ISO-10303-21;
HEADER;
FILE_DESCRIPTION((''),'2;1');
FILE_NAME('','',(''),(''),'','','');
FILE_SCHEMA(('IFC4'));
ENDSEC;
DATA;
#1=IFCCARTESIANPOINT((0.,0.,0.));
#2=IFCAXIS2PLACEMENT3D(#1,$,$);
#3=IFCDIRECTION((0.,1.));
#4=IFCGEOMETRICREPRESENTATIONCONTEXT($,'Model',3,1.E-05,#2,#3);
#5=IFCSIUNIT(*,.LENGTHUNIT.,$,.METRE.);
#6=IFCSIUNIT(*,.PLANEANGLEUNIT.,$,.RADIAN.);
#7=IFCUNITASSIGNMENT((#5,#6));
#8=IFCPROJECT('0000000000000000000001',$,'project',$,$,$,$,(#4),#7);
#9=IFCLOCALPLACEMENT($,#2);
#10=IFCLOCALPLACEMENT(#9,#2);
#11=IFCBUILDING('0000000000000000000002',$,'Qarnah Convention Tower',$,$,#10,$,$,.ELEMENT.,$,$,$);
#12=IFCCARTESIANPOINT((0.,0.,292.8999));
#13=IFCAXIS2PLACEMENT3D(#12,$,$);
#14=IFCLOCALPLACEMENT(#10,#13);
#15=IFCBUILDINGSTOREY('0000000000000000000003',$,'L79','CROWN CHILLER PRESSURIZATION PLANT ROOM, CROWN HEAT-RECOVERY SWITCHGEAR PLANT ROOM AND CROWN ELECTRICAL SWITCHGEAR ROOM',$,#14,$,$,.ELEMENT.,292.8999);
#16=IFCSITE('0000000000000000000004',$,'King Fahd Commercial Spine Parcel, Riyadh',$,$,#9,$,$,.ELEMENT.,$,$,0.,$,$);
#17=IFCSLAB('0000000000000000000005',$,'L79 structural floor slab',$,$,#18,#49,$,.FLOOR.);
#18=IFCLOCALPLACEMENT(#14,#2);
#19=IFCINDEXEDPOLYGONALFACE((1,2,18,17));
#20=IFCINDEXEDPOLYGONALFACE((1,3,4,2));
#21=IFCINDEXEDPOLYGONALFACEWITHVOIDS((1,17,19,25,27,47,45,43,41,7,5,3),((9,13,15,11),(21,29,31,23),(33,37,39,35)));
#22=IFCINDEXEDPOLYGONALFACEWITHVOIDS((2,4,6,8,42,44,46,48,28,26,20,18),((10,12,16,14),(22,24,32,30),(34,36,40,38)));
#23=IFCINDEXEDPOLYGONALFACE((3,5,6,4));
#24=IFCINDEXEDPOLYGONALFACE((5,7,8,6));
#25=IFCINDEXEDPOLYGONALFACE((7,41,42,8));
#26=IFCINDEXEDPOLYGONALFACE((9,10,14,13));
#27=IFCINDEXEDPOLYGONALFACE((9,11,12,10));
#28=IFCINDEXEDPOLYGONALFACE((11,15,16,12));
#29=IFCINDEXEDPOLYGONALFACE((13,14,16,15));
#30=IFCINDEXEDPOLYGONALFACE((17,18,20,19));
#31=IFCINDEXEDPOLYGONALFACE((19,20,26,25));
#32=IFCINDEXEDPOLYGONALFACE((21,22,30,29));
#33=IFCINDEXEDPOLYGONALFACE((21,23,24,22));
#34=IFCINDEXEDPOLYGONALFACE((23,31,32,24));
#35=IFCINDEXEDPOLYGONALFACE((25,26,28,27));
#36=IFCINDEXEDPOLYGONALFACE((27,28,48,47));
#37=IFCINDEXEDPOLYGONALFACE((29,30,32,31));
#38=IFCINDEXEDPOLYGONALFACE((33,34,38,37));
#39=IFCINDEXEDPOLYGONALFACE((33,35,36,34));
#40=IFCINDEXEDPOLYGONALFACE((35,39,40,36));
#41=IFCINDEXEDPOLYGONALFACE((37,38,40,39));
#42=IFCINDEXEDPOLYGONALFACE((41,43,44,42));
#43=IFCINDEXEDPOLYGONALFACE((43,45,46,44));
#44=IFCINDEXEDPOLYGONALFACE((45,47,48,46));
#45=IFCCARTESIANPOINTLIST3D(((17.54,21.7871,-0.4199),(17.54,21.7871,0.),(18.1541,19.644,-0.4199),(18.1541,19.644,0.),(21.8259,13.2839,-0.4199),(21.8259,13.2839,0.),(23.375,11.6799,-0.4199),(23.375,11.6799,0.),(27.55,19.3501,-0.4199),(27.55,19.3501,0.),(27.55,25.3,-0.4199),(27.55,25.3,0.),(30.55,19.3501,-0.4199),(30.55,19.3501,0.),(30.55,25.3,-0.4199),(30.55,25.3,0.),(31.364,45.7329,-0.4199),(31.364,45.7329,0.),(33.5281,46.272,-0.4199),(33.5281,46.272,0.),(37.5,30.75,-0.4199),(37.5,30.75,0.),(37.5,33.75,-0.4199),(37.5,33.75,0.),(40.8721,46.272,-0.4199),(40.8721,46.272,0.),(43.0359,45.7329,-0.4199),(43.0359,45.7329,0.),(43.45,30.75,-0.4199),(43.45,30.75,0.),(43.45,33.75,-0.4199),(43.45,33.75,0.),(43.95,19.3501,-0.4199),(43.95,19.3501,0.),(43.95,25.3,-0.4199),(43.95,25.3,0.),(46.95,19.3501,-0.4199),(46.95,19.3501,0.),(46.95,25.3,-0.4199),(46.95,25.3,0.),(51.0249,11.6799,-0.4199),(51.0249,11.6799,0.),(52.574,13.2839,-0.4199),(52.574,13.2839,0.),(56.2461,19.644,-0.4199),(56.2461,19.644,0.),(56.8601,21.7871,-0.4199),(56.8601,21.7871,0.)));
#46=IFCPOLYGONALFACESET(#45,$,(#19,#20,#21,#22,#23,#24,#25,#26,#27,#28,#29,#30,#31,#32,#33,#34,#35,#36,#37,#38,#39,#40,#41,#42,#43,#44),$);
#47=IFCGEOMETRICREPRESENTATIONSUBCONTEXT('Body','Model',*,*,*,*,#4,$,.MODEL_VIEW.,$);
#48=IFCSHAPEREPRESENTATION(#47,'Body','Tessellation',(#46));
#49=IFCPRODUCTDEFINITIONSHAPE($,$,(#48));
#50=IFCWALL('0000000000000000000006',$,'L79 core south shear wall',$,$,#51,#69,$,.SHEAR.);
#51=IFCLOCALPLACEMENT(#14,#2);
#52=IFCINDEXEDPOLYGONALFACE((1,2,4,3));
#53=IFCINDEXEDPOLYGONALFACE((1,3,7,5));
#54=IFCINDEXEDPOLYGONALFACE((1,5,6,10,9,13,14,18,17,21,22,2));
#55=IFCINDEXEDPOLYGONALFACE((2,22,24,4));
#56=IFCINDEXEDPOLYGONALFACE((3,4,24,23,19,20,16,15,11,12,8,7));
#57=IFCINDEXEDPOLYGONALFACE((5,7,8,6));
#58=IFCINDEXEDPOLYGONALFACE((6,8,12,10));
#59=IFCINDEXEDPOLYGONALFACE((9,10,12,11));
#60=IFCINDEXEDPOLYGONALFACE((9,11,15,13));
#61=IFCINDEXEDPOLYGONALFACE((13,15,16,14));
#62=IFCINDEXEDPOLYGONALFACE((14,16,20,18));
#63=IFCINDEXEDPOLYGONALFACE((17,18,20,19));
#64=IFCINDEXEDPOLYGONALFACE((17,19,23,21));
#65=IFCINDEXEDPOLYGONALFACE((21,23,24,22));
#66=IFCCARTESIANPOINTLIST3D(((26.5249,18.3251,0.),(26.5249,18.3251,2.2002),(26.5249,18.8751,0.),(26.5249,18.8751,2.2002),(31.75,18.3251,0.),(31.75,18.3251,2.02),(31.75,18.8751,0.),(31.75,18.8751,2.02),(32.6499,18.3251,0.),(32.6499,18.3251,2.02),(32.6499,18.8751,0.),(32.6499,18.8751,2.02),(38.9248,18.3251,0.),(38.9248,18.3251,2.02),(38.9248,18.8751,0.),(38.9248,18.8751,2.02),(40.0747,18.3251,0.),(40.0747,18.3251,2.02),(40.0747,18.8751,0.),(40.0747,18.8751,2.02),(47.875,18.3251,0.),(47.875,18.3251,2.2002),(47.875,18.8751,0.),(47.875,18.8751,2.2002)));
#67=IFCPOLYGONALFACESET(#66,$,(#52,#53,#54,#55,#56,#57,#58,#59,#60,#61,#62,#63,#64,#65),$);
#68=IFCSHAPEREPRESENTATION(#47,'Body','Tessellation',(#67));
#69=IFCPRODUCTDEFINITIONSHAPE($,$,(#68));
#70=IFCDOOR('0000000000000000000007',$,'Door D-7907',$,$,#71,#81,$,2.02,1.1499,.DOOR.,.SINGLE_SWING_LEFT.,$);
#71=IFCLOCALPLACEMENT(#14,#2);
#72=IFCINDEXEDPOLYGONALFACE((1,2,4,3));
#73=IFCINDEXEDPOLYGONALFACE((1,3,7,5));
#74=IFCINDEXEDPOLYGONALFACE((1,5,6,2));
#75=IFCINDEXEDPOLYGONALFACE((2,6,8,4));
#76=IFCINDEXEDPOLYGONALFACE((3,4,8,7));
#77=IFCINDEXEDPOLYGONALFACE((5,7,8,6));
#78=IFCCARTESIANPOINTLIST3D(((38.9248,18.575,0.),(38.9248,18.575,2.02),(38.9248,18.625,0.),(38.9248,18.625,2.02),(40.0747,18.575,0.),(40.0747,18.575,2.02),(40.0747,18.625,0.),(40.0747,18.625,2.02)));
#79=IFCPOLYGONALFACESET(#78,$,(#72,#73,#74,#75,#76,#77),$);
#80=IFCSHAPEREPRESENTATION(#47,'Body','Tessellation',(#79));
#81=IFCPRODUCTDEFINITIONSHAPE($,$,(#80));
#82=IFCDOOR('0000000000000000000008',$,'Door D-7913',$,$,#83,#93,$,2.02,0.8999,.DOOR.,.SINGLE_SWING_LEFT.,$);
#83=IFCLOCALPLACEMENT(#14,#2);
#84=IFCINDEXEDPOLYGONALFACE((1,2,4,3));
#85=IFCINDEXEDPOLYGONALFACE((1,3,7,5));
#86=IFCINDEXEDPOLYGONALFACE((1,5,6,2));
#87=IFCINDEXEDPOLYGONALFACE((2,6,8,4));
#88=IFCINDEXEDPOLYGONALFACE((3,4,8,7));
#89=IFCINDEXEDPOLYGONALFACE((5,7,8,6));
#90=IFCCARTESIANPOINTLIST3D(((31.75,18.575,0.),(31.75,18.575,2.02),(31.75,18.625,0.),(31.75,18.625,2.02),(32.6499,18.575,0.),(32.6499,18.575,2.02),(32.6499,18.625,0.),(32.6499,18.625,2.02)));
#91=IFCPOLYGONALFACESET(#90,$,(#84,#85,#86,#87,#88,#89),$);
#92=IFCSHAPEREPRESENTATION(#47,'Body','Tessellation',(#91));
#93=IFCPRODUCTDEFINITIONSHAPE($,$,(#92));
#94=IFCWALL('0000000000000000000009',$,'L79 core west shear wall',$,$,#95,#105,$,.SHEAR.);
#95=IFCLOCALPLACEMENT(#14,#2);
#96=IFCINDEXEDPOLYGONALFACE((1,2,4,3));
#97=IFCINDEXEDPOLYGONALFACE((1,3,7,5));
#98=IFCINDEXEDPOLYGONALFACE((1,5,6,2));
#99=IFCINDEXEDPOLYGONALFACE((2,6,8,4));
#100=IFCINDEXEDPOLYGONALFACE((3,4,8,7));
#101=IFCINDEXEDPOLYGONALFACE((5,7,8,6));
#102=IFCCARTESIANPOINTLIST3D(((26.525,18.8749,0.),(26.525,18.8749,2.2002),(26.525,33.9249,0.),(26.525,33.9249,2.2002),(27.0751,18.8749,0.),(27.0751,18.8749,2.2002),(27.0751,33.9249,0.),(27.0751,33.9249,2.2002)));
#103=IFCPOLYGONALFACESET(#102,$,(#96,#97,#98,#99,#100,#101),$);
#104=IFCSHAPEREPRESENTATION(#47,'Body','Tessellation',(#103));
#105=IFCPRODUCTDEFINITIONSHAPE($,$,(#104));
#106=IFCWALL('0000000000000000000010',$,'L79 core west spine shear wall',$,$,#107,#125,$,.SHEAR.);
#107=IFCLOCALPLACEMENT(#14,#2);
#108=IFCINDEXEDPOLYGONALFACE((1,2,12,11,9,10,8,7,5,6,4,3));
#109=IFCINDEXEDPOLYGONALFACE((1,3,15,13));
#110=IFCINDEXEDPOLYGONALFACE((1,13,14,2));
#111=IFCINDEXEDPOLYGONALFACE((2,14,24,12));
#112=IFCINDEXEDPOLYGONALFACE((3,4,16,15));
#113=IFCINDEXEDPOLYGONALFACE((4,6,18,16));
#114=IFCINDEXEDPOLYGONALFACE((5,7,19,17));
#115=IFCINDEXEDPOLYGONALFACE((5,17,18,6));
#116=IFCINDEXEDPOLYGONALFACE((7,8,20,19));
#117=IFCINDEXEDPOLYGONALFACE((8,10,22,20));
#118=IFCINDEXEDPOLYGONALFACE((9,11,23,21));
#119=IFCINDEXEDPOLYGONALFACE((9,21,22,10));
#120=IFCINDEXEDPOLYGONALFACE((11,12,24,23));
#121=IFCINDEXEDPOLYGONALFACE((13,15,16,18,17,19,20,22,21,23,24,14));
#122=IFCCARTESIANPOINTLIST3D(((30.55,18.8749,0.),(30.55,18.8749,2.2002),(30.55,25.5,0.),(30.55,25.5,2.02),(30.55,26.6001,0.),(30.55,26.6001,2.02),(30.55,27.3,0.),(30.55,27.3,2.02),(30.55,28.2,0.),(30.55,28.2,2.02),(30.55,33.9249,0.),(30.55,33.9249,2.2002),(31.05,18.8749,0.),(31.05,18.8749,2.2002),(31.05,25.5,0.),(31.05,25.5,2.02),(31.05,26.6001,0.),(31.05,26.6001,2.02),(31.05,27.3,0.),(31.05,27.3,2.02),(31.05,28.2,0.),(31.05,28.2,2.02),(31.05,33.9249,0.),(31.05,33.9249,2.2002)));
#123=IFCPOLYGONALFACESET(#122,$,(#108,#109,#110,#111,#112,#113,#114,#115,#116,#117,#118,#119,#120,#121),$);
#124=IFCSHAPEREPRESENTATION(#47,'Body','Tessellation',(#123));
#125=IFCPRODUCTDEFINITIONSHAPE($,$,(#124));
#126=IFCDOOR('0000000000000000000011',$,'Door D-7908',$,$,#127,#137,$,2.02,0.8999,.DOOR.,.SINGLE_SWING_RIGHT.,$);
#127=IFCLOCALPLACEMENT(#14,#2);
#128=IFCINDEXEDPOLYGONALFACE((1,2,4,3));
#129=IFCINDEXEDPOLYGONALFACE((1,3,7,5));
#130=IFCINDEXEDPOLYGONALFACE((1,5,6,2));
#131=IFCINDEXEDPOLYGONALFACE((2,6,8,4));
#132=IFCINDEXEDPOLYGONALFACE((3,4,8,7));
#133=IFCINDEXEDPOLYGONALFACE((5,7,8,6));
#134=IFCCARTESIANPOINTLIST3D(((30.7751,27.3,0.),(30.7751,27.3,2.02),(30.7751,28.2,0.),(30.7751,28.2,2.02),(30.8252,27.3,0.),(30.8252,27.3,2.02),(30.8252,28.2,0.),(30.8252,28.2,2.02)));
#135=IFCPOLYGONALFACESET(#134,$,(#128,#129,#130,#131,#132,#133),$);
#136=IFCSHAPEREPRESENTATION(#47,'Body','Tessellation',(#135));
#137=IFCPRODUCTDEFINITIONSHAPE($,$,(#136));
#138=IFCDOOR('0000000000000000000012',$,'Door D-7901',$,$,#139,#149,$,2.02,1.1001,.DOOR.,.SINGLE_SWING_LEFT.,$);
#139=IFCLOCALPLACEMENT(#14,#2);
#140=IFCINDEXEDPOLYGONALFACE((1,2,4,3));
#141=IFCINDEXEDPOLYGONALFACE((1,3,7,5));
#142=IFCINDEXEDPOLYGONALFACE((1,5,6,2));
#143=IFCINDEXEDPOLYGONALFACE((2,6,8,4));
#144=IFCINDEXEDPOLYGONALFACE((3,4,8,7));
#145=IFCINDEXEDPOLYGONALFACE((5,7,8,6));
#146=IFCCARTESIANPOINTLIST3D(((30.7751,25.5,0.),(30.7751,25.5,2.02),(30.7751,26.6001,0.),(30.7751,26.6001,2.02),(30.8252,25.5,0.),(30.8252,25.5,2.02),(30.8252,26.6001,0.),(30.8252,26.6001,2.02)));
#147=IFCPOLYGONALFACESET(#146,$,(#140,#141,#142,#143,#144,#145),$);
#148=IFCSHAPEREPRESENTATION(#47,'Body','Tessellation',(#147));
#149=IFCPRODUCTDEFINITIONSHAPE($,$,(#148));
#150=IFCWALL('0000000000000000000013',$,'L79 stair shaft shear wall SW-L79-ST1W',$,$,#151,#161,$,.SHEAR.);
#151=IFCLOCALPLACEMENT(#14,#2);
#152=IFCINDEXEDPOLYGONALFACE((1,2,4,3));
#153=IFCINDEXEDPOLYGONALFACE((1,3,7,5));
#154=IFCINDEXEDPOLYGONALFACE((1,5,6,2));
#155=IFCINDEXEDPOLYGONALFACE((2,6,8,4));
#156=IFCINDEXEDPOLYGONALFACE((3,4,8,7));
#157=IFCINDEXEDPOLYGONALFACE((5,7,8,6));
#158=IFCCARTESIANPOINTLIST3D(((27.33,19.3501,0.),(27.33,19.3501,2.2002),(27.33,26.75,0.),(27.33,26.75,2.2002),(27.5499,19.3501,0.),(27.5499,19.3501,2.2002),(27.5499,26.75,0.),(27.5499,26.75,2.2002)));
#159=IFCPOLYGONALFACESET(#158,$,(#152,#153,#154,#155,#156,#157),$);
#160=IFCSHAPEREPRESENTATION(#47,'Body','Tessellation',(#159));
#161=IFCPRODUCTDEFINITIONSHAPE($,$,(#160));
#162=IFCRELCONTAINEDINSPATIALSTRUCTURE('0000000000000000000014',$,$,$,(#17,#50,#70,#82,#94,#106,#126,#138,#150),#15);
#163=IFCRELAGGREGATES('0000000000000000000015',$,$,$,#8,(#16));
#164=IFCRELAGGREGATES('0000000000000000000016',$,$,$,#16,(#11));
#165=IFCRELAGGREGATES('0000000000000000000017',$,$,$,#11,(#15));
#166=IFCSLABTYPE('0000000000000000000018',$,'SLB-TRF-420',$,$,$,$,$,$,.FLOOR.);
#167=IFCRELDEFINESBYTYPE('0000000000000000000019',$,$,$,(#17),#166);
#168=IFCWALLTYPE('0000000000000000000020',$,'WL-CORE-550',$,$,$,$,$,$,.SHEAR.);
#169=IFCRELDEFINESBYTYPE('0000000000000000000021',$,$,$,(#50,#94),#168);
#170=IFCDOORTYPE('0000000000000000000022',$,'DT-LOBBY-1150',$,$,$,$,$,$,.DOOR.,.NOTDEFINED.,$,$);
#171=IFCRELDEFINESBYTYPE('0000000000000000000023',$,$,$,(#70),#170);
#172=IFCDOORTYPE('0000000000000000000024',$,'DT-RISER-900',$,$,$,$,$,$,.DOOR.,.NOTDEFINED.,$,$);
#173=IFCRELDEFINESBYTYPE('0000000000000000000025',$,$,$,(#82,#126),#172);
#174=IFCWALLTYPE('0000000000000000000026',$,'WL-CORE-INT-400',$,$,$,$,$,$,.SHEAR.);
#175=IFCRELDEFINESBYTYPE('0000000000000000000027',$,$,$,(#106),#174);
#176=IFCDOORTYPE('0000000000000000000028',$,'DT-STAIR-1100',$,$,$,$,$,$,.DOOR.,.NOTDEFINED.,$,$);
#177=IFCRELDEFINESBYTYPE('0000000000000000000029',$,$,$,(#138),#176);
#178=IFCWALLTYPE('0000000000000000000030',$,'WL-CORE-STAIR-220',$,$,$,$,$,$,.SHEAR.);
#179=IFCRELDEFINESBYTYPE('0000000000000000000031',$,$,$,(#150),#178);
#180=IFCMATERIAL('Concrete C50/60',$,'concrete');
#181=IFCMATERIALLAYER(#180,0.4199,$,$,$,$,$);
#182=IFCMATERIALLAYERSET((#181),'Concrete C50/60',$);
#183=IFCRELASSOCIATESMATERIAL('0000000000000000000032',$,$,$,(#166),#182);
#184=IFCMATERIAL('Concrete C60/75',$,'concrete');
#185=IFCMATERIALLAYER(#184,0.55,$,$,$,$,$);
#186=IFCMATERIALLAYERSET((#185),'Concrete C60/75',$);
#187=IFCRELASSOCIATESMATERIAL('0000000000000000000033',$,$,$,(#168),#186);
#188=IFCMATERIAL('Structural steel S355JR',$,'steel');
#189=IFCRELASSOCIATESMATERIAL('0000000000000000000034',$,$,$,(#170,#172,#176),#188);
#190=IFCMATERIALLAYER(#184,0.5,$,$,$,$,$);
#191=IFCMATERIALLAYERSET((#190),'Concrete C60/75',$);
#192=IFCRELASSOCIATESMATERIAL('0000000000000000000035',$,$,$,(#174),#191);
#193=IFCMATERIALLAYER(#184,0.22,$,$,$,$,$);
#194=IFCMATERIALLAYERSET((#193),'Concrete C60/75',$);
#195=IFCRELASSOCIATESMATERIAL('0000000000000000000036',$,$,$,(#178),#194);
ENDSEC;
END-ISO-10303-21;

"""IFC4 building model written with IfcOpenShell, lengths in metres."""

from ifc_helpers import new_model, si_unit, direction, frame, frame_2d, origin, place, context, subcontext, project, spatial, polyline, rectangle, outline, extrude, material, layer, layer_set, type_object, element, fill, save


model = new_model("IFC4")

# Units and contexts
model_context = context("Model", 3, precision=1e-05, world=origin(), true_north=direction((0.0, 1.0)))
body_context = subcontext(model_context, "Body", "Model", "MODEL_VIEW")
ifc_project = project(units=[si_unit("LENGTHUNIT", "METRE"), si_unit("PLANEANGLEUNIT", "RADIAN")], contexts=[model_context])

# Site, building, storey
site_placement = place(None, origin())
site = spatial("IfcSite", under=ifc_project, at=site_placement, Name="King Fahd Commercial Spine Parcel, Riyadh", CompositionType="ELEMENT", RefElevation=0.0)
building_placement = place(site_placement, origin())
building = spatial("IfcBuilding", under=site, at=building_placement, Name="Qarnah Convention Tower", CompositionType="ELEMENT")
storey_placement = place(building_placement, frame((0.0, 0.0, 292.8999)))
storey = spatial("IfcBuildingStorey", under=building, at=storey_placement, Name="L79", Description="CROWN CHILLER PRESSURIZATION PLANT ROOM, CROWN HEAT-RECOVERY SWITCHGEAR PLANT ROOM AND CROWN ELECTRICAL SWITCHGEAR ROOM", CompositionType="ELEMENT", Elevation=292.8999)

# Shared definitions
ifc_material_1 = material(Name="Structural steel S355JR", Category="steel")

# Slab
ifc_material_2 = material(Name="Concrete C50/60", Category="concrete")
ifc_layer_1 = layer(ifc_material_2, 0.4199)
ifc_layer_set_1 = layer_set([ifc_layer_1], Name="Concrete C50/60")
slab_type = type_object("IfcSlabType", Name="SLB-TRF-420", PredefinedType="FLOOR", material=ifc_layer_set_1)
slab_placement = place(storey_placement, frame((0.0, 0.0, -0.4199)))
element("IfcSlab", 1, at=slab_placement, inside=storey, type_object=slab_type, Name="L79 structural floor slab", PredefinedType="FLOOR", context=body_context, shape_type="SweptSolid", body=[
    extrude(outline(polyline([(31.364, 45.7329), (17.54, 21.7871), (18.1541, 19.644), (21.8259, 13.2839), (23.375, 11.6799), (51.0249, 11.6799), (52.574, 13.2839), (56.2461, 19.644), (56.8601, 21.7871), (43.0359, 45.7329), (40.8721, 46.272), (33.5281, 46.272), (31.364, 45.7329)]), holes=[polyline([(27.55, 25.3), (27.55, 19.3501), (30.55, 19.3501), (30.55, 25.3), (27.55, 25.3)]), polyline([(43.95, 25.3), (43.95, 19.3501), (46.95, 19.3501), (46.95, 25.3), (43.95, 25.3)]), polyline([(37.5, 30.75), (43.45, 30.75), (43.45, 33.75), (37.5, 33.75), (37.5, 30.75)])]), origin(), (0.0, 0.0, 1.0), 0.4199),
])

# Wall, openings, doors
ifc_material_3 = material(Name="Concrete C60/75", Category="concrete")
ifc_layer_2 = layer(ifc_material_3, 0.55)
ifc_layer_set_2 = layer_set([ifc_layer_2], Name="Concrete C60/75")
wall_type_1 = type_object("IfcWallType", Name="WL-CORE-550", PredefinedType="SHEAR", material=ifc_layer_set_2)
wall_1_placement = place(storey_placement, frame((26.5249, 18.6001, 0.0), z_axis=(0.0, 0.0, 1.0), x_axis=(1.0, 0.0, 0.0)))
wall_1 = element("IfcWall", 2, at=wall_1_placement, inside=storey, type_object=wall_type_1, Name="L79 core south shear wall", PredefinedType="SHEAR", context=body_context, shape_type="SweptSolid", body=[
    extrude(rectangle(XDim=21.3501, YDim=0.55, at=frame_2d((10.675, 0.0))), origin(), (0.0, 0.0, 1.0), 2.2002),
])
opening_1_placement = place(wall_1_placement, frame((12.3999, 0.0, 0.0)))
opening_1 = element("IfcOpeningElement", 3, at=opening_1_placement, cuts=wall_1, PredefinedType="OPENING", context=body_context, shape_type="SweptSolid", body=[
    extrude(rectangle(XDim=1.1499, YDim=2.02, at=frame_2d((0.575, 1.01))), frame((0.0, 0.2849, 0.0), z_axis=(0.0, -1.0, 0.0), x_axis=(1.0, 0.0, 0.0)), (0.0, 0.0, 1.0), 0.5701),
])
opening_2_placement = place(wall_1_placement, frame((5.2251, 0.0, 0.0)))
opening_2 = element("IfcOpeningElement", 4, at=opening_2_placement, cuts=wall_1, PredefinedType="OPENING", context=body_context, shape_type="SweptSolid", body=[
    extrude(rectangle(XDim=0.8999, YDim=2.02, at=frame_2d((0.45, 1.01))), frame((0.0, 0.2849, 0.0), z_axis=(0.0, -1.0, 0.0), x_axis=(1.0, 0.0, 0.0)), (0.0, 0.0, 1.0), 0.5701),
])
door_type_1 = type_object("IfcDoorType", Name="DT-LOBBY-1150", OperationType="NOTDEFINED", PredefinedType="DOOR", material=ifc_material_1)
door_1_placement = place(opening_1_placement, origin())
door_1 = element("IfcDoor", 5, at=door_1_placement, inside=storey, type_object=door_type_1, Name="Door D-7907", OperationType="SINGLE_SWING_LEFT", OverallHeight=2.02, OverallWidth=1.1499, PredefinedType="DOOR", context=body_context, shape_type="SweptSolid", body=[
    extrude(rectangle(XDim=1.1499, YDim=2.02, at=frame_2d((0.575, 1.01))), frame((0.0, 0.0249, 0.0), z_axis=(0.0, -1.0, 0.0), x_axis=(1.0, 0.0, 0.0)), (0.0, 0.0, 1.0), 0.05),
])
fill(opening_1, door_1)
door_type_2 = type_object("IfcDoorType", Name="DT-RISER-900", OperationType="NOTDEFINED", PredefinedType="DOOR", material=ifc_material_1)
door_2_placement = place(opening_2_placement, origin())
door_2 = element("IfcDoor", 6, at=door_2_placement, inside=storey, type_object=door_type_2, Name="Door D-7913", OperationType="SINGLE_SWING_LEFT", OverallHeight=2.02, OverallWidth=0.8999, PredefinedType="DOOR", context=body_context, shape_type="SweptSolid", body=[
    extrude(rectangle(XDim=0.8999, YDim=2.02, at=frame_2d((0.45, 1.01))), frame((0.0, 0.0249, 0.0), z_axis=(0.0, -1.0, 0.0), x_axis=(1.0, 0.0, 0.0)), (0.0, 0.0, 1.0), 0.05),
])
fill(opening_2, door_2)

# Wall
wall_2_placement = place(storey_placement, frame((26.8, 18.875, 0.0), z_axis=(0.0, 0.0, 1.0), x_axis=(0.0, 1.0, 0.0)))
element("IfcWall", 7, at=wall_2_placement, inside=storey, type_object=wall_type_1, Name="L79 core west shear wall", PredefinedType="SHEAR", context=body_context, shape_type="SweptSolid", body=[
    extrude(rectangle(XDim=15.05, YDim=0.55, at=frame_2d((7.5249, 0.0))), origin(), (0.0, 0.0, 1.0), 2.2002),
])

# Wall, openings, doors
ifc_layer_3 = layer(ifc_material_3, 0.5)
ifc_layer_set_3 = layer_set([ifc_layer_3], Name="Concrete C60/75")
wall_type_2 = type_object("IfcWallType", Name="WL-CORE-INT-400", PredefinedType="SHEAR", material=ifc_layer_set_3)
wall_3_placement = place(storey_placement, frame((30.8, 18.875, 0.0), z_axis=(0.0, 0.0, 1.0), x_axis=(0.0, 1.0, 0.0)))
wall_3 = element("IfcWall", 8, at=wall_3_placement, inside=storey, type_object=wall_type_2, Name="L79 core west spine shear wall", PredefinedType="SHEAR", context=body_context, shape_type="SweptSolid", body=[
    extrude(rectangle(XDim=15.05, YDim=0.5, at=frame_2d((7.5249, 0.0))), origin(), (0.0, 0.0, 1.0), 2.2002),
])
opening_3_placement = place(wall_3_placement, frame((6.625, 0.0, 0.0)))
opening_3 = element("IfcOpeningElement", 9, at=opening_3_placement, cuts=wall_3, PredefinedType="OPENING", context=body_context, shape_type="SweptSolid", body=[
    extrude(rectangle(XDim=1.1001, YDim=2.02, at=frame_2d((0.55, 1.01))), frame((0.0, 0.26, 0.0), z_axis=(0.0, -1.0, 0.0), x_axis=(1.0, 0.0, 0.0)), (0.0, 0.0, 1.0), 0.52),
])
opening_4_placement = place(wall_3_placement, frame((8.425, 0.0, 0.0)))
opening_4 = element("IfcOpeningElement", 10, at=opening_4_placement, cuts=wall_3, PredefinedType="OPENING", context=body_context, shape_type="SweptSolid", body=[
    extrude(rectangle(XDim=0.8999, YDim=2.02, at=frame_2d((0.45, 1.01))), frame((0.0, 0.26, 0.0), z_axis=(0.0, -1.0, 0.0), x_axis=(1.0, 0.0, 0.0)), (0.0, 0.0, 1.0), 0.52),
])
door_3_placement = place(opening_4_placement, origin())
door_3 = element("IfcDoor", 11, at=door_3_placement, inside=storey, type_object=door_type_2, Name="Door D-7908", OperationType="SINGLE_SWING_RIGHT", OverallHeight=2.02, OverallWidth=0.8999, PredefinedType="DOOR", context=body_context, shape_type="SweptSolid", body=[
    extrude(rectangle(XDim=0.8999, YDim=2.02, at=frame_2d((0.45, 1.01))), frame((0.0, 0.0249, 0.0), z_axis=(0.0, -1.0, 0.0), x_axis=(1.0, 0.0, 0.0)), (0.0, 0.0, 1.0), 0.05),
])
fill(opening_4, door_3)
door_type_3 = type_object("IfcDoorType", Name="DT-STAIR-1100", OperationType="NOTDEFINED", PredefinedType="DOOR", material=ifc_material_1)
door_4_placement = place(opening_3_placement, origin())
door_4 = element("IfcDoor", 12, at=door_4_placement, inside=storey, type_object=door_type_3, Name="Door D-7901", OperationType="SINGLE_SWING_LEFT", OverallHeight=2.02, OverallWidth=1.1001, PredefinedType="DOOR", context=body_context, shape_type="SweptSolid", body=[
    extrude(rectangle(XDim=1.1001, YDim=2.02, at=frame_2d((0.55, 1.01))), frame((0.0, 0.0249, 0.0), z_axis=(0.0, -1.0, 0.0), x_axis=(1.0, 0.0, 0.0)), (0.0, 0.0, 1.0), 0.05),
])
fill(opening_3, door_4)

# Wall
ifc_layer_4 = layer(ifc_material_3, 0.22)
ifc_layer_set_4 = layer_set([ifc_layer_4], Name="Concrete C60/75")
wall_type_3 = type_object("IfcWallType", Name="WL-CORE-STAIR-220", PredefinedType="SHEAR", material=ifc_layer_set_4)
wall_4_placement = place(storey_placement, frame((27.4399, 19.3501, 0.0), z_axis=(0.0, 0.0, 1.0), x_axis=(0.0, 1.0, 0.0)))
element("IfcWall", 13, at=wall_4_placement, inside=storey, type_object=wall_type_3, Name="L79 stair shaft shear wall SW-L79-ST1W", PredefinedType="SHEAR", context=body_context, shape_type="SweptSolid", body=[
    extrude(rectangle(XDim=7.3999, YDim=0.22, at=frame_2d((3.7, 0.0))), origin(), (0.0, 0.0, 1.0), 2.2002),
])

save(model, "model.ifc")
